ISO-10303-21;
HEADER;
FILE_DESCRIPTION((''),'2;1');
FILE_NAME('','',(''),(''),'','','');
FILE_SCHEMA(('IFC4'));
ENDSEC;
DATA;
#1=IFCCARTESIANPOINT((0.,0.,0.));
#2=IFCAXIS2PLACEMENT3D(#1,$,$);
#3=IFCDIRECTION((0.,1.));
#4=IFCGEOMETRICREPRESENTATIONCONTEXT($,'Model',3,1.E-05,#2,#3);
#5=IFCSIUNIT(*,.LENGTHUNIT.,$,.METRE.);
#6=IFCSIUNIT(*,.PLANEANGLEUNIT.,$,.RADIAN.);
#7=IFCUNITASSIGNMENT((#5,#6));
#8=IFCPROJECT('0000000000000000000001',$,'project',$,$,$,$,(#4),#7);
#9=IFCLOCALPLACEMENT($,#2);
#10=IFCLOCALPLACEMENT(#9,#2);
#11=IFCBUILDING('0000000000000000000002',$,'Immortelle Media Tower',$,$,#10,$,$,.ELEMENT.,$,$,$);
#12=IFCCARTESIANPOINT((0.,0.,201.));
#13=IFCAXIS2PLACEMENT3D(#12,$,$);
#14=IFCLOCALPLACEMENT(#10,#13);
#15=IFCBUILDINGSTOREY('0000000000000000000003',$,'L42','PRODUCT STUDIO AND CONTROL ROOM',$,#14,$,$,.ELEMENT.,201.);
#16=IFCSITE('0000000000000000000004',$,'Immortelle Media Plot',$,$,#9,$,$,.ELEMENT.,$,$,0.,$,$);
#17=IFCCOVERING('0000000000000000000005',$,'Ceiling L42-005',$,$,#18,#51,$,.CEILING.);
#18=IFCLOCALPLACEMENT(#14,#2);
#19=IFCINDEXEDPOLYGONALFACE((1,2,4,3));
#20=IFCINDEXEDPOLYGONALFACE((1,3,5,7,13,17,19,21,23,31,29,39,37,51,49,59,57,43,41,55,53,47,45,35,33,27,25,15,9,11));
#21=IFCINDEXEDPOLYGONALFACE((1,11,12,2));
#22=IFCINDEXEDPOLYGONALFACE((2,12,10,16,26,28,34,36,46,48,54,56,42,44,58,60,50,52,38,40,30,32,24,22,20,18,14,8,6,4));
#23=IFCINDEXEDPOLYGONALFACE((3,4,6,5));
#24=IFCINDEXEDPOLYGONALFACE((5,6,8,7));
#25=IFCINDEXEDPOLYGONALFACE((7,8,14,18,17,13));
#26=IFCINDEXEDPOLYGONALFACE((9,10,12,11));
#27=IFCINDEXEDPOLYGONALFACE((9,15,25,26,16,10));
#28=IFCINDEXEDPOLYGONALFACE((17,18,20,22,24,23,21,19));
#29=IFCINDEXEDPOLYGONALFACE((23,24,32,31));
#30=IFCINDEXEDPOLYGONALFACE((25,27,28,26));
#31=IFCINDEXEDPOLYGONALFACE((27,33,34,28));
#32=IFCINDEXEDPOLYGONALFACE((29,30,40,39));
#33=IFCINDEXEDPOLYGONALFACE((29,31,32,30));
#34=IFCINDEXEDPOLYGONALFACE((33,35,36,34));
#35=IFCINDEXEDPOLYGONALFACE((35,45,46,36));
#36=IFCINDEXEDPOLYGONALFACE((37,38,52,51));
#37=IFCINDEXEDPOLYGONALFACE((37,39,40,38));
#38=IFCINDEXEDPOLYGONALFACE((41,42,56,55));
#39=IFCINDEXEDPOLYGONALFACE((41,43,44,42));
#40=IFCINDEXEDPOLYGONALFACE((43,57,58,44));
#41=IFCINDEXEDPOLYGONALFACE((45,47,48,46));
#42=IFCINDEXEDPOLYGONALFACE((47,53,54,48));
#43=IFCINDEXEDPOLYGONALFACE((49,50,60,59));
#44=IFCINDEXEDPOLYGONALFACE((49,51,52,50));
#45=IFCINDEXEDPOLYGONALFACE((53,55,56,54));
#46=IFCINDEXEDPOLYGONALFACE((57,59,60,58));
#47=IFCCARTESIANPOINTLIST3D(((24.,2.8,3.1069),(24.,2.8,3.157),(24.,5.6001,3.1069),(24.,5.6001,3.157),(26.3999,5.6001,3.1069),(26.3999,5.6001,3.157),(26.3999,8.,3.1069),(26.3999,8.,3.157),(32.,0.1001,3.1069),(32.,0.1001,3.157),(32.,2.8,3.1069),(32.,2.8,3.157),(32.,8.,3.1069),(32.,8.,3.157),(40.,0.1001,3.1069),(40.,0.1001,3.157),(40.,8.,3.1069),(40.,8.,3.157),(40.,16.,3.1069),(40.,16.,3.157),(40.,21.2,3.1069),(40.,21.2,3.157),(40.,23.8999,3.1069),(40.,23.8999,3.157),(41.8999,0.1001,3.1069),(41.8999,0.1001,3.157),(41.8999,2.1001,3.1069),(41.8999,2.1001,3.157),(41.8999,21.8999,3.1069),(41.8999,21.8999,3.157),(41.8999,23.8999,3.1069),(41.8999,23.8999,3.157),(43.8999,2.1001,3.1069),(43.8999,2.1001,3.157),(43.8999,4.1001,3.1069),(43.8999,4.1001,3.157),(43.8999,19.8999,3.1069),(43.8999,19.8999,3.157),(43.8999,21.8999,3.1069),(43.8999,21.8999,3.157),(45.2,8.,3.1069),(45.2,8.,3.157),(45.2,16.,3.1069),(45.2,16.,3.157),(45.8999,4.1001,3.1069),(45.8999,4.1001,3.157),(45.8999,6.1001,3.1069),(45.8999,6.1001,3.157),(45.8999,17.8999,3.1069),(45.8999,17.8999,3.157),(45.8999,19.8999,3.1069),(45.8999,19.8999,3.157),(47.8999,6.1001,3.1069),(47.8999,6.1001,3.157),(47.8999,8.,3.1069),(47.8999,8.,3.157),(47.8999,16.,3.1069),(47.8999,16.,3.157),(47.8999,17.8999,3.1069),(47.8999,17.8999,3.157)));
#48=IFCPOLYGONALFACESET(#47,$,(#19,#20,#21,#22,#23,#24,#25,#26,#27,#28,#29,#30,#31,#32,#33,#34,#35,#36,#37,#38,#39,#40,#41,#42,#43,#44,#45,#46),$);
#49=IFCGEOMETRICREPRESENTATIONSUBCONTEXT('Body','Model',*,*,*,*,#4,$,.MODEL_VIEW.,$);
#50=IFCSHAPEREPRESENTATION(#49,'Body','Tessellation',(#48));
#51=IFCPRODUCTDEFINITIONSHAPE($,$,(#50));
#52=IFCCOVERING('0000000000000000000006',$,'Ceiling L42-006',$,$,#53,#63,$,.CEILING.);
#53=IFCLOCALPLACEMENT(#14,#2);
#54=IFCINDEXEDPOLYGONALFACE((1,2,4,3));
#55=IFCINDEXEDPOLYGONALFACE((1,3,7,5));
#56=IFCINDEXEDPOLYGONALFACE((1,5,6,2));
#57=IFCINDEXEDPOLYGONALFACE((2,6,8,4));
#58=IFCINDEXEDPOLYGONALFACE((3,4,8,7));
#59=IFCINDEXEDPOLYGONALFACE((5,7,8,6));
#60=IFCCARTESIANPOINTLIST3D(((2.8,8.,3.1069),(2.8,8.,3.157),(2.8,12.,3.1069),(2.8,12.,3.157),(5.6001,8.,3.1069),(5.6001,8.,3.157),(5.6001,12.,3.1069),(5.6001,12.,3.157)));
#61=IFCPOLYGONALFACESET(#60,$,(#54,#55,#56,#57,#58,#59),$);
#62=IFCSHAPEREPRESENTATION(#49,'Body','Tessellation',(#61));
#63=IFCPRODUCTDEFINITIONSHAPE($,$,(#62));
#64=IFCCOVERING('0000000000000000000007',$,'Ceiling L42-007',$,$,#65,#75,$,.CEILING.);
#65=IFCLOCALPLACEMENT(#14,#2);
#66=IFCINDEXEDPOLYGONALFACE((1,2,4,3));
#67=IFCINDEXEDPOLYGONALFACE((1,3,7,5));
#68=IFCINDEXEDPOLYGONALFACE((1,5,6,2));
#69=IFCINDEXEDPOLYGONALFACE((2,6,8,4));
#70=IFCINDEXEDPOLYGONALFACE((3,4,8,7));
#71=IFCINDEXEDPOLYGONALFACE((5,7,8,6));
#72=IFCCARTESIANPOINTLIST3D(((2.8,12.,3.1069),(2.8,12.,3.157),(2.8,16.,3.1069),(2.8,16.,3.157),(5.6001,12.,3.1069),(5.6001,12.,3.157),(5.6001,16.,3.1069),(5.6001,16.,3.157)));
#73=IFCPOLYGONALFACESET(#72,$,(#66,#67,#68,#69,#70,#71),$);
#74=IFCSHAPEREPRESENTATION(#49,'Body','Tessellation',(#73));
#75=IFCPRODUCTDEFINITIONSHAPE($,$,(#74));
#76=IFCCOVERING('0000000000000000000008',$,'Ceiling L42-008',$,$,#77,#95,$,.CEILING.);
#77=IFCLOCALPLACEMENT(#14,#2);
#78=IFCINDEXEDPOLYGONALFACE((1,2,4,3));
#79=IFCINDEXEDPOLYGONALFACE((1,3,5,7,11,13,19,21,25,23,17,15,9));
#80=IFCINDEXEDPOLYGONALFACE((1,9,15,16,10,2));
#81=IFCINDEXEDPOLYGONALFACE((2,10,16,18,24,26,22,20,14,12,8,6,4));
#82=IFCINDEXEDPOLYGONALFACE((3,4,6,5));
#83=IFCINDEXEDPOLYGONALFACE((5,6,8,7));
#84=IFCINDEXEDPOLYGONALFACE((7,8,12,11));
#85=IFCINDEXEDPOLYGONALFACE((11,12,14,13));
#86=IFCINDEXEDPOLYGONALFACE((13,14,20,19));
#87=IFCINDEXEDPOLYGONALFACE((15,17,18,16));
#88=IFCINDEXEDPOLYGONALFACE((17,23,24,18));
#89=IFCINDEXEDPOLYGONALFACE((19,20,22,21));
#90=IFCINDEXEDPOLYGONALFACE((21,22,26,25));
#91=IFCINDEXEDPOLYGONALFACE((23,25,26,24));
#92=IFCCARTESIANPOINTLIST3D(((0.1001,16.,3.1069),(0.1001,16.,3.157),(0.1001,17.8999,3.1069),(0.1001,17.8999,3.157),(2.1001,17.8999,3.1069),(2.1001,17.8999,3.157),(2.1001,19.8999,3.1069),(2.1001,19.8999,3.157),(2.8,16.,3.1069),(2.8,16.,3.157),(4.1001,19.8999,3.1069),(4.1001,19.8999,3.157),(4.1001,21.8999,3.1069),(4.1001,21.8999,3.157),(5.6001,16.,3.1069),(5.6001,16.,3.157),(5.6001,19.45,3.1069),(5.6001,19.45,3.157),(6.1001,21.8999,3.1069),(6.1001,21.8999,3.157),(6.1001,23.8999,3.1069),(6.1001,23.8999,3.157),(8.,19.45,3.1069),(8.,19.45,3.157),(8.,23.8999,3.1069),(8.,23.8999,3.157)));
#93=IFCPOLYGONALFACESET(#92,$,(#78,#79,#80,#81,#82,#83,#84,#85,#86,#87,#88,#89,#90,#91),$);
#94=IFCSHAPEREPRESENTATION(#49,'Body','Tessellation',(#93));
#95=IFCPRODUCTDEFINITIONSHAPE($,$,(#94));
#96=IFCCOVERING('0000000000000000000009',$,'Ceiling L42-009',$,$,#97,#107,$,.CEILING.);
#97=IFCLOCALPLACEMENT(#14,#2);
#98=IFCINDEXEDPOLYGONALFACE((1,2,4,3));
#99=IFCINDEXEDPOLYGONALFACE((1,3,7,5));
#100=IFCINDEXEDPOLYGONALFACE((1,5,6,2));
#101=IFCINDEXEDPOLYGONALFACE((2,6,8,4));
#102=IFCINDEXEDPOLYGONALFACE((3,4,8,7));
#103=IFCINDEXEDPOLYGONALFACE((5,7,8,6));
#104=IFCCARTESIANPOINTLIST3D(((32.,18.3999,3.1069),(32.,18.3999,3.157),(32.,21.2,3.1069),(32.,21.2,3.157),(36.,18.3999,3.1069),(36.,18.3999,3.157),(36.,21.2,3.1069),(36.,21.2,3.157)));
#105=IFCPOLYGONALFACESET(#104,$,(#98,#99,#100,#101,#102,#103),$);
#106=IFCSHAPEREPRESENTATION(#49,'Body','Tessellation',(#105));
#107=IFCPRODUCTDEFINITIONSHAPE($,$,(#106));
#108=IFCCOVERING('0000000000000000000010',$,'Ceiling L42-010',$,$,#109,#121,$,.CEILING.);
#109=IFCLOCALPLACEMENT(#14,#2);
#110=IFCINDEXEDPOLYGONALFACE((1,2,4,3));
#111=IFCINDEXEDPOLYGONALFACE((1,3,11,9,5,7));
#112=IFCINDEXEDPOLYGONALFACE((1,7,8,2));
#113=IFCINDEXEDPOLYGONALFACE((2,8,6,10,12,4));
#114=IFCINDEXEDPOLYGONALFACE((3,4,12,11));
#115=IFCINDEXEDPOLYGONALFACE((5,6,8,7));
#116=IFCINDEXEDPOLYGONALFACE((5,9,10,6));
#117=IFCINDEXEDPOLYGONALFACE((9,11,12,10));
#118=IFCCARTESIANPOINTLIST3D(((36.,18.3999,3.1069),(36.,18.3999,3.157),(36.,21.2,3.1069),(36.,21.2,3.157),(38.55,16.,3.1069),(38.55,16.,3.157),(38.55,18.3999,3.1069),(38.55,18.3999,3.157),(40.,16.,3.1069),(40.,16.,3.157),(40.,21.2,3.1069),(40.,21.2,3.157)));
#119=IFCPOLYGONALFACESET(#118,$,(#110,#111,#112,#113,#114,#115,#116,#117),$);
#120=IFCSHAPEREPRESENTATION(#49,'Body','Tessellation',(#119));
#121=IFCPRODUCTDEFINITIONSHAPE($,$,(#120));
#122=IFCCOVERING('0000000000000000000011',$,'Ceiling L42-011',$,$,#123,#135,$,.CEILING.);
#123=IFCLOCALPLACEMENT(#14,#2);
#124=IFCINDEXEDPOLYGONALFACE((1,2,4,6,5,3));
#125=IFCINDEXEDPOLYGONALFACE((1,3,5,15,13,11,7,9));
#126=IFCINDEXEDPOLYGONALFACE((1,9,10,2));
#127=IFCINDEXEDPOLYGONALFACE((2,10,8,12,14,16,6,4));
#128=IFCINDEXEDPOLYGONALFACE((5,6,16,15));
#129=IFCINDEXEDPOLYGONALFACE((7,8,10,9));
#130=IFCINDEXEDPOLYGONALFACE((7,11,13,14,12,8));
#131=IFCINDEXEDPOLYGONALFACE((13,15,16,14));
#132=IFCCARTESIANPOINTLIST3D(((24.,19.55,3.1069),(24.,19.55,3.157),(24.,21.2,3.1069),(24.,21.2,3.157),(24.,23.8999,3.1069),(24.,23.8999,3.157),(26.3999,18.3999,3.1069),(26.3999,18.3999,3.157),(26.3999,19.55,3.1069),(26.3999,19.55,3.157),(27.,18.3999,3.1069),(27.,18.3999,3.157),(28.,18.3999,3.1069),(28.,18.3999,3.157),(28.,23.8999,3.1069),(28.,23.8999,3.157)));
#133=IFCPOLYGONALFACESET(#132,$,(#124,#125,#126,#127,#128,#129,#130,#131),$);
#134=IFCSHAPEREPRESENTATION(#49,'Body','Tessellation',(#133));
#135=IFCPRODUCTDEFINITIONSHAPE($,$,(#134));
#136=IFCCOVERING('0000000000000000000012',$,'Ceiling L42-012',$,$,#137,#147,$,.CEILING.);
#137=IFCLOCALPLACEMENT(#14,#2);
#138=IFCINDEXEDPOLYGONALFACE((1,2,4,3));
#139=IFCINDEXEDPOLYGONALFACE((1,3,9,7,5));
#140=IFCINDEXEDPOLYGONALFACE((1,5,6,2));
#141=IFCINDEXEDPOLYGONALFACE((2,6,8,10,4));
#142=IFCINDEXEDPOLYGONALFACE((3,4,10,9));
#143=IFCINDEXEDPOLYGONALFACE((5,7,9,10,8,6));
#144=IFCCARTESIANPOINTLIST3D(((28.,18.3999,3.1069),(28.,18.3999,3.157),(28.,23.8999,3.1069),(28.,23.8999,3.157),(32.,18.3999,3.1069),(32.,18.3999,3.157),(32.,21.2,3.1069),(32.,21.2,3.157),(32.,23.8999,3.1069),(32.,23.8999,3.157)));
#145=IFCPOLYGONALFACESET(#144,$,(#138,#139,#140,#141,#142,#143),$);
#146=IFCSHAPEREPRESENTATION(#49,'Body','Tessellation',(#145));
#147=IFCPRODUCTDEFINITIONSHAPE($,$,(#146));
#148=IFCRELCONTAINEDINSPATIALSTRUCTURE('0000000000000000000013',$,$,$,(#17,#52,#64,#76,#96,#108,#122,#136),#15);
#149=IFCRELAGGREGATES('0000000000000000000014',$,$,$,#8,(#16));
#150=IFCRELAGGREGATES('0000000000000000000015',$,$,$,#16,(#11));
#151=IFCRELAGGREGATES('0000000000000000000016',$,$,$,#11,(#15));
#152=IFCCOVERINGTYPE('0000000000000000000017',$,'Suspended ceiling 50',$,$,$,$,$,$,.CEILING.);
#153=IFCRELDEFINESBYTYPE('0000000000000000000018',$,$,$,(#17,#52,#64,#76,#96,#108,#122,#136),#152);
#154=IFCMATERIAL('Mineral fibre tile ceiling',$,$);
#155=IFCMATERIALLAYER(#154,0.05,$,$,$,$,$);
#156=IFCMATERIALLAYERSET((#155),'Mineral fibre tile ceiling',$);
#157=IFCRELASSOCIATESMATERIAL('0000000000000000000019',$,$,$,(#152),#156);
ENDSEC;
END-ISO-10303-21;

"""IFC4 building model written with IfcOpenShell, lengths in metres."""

from ifc_helpers import new_model, si_unit, direction, frame, origin, place, context, subcontext, project, spatial, polyline, outline, extrude, material, layer, layer_set, type_object, element, save


model = new_model("IFC4")

# Units and contexts
model_context = context("Model", 3, precision=1e-05, world=origin(), true_north=direction((0.0, 1.0)))
body_context = subcontext(model_context, "Body", "Model", "MODEL_VIEW")
ifc_project = project(units=[si_unit("LENGTHUNIT", "METRE"), si_unit("PLANEANGLEUNIT", "RADIAN")], contexts=[model_context])

# Site, building, storey
site_placement = place(None, origin())
site = spatial("IfcSite", under=ifc_project, at=site_placement, Name="Immortelle Media Plot", CompositionType="ELEMENT", RefElevation=0.0)
building_placement = place(site_placement, origin())
building = spatial("IfcBuilding", under=site, at=building_placement, Name="Immortelle Media Tower", CompositionType="ELEMENT")
storey_placement = place(building_placement, frame((0.0, 0.0, 201.0)))
storey = spatial("IfcBuildingStorey", under=building, at=storey_placement, Name="L42", Description="PRODUCT STUDIO AND CONTROL ROOM", CompositionType="ELEMENT", Elevation=201.0)

# Coverings
ifc_material_1 = material(Name="Mineral fibre tile ceiling")
ifc_layer_1 = layer(ifc_material_1, 0.05)
ifc_layer_set_1 = layer_set([ifc_layer_1], Name="Mineral fibre tile ceiling")
covering_type = type_object("IfcCoveringType", Name="Suspended ceiling 50", PredefinedType="CEILING", material=ifc_layer_set_1)
covering_1_placement = place(storey_placement, frame((0.0, 0.0, 3.1069)))
element("IfcCovering", 1, at=covering_1_placement, inside=storey, type_object=covering_type, Name="Ceiling L42-005", PredefinedType="CEILING", context=body_context, shape_type="SweptSolid", body=[
    extrude(outline(polyline([(26.3999, 5.6001), (26.3999, 8.0), (32.0, 8.0), (40.0, 8.0), (40.0, 16.0), (40.0, 21.2), (40.0, 23.8999), (41.8999, 23.8999), (41.8999, 21.8999), (43.8999, 21.8999), (43.8999, 19.8999), (45.8999, 19.8999), (45.8999, 17.8999), (47.8999, 17.8999), (47.8999, 16.0), (45.2, 16.0), (45.2, 8.0), (47.8999, 8.0), (47.8999, 6.1001), (45.8999, 6.1001), (45.8999, 4.1001), (43.8999, 4.1001), (43.8999, 2.1001), (41.8999, 2.1001), (41.8999, 0.1001), (40.0, 0.1001), (32.0, 0.1001), (32.0, 2.8), (24.0, 2.8), (24.0, 5.6001), (26.3999, 5.6001)])), origin(), (0.0, 0.0, 1.0), 0.05),
])
covering_2_placement = place(storey_placement, frame((0.0, 0.0, 3.1069)))
element("IfcCovering", 2, at=covering_2_placement, inside=storey, type_object=covering_type, Name="Ceiling L42-006", PredefinedType="CEILING", context=body_context, shape_type="SweptSolid", body=[
    extrude(outline(polyline([(2.8, 8.0), (2.8, 12.0), (5.6001, 12.0), (5.6001, 8.0), (2.8, 8.0)])), origin(), (0.0, 0.0, 1.0), 0.05),
])
covering_3_placement = place(storey_placement, frame((0.0, 0.0, 3.1069)))
element("IfcCovering", 3, at=covering_3_placement, inside=storey, type_object=covering_type, Name="Ceiling L42-007", PredefinedType="CEILING", context=body_context, shape_type="SweptSolid", body=[
    extrude(outline(polyline([(2.8, 16.0), (5.6001, 16.0), (5.6001, 12.0), (2.8, 12.0), (2.8, 16.0)])), origin(), (0.0, 0.0, 1.0), 0.05),
])
covering_4_placement = place(storey_placement, frame((0.0, 0.0, 3.1069)))
element("IfcCovering", 4, at=covering_4_placement, inside=storey, type_object=covering_type, Name="Ceiling L42-008", PredefinedType="CEILING", context=body_context, shape_type="SweptSolid", body=[
    extrude(outline(polyline([(5.6001, 19.45), (5.6001, 16.0), (2.8, 16.0), (0.1001, 16.0), (0.1001, 17.8999), (2.1001, 17.8999), (2.1001, 19.8999), (4.1001, 19.8999), (4.1001, 21.8999), (6.1001, 21.8999), (6.1001, 23.8999), (8.0, 23.8999), (8.0, 19.45), (5.6001, 19.45)])), origin(), (0.0, 0.0, 1.0), 0.05),
])
covering_5_placement = place(storey_placement, frame((0.0, 0.0, 3.1069)))
element("IfcCovering", 5, at=covering_5_placement, inside=storey, type_object=covering_type, Name="Ceiling L42-009", PredefinedType="CEILING", context=body_context, shape_type="SweptSolid", body=[
    extrude(outline(polyline([(32.0, 18.3999), (32.0, 21.2), (36.0, 21.2), (36.0, 18.3999), (32.0, 18.3999)])), origin(), (0.0, 0.0, 1.0), 0.05),
])
covering_6_placement = place(storey_placement, frame((0.0, 0.0, 3.1069)))
element("IfcCovering", 6, at=covering_6_placement, inside=storey, type_object=covering_type, Name="Ceiling L42-010", PredefinedType="CEILING", context=body_context, shape_type="SweptSolid", body=[
    extrude(outline(polyline([(38.55, 18.3999), (36.0, 18.3999), (36.0, 21.2), (40.0, 21.2), (40.0, 16.0), (38.55, 16.0), (38.55, 18.3999)])), origin(), (0.0, 0.0, 1.0), 0.05),
])
covering_7_placement = place(storey_placement, frame((0.0, 0.0, 3.1069)))
element("IfcCovering", 7, at=covering_7_placement, inside=storey, type_object=covering_type, Name="Ceiling L42-011", PredefinedType="CEILING", context=body_context, shape_type="SweptSolid", body=[
    extrude(outline(polyline([(26.3999, 18.3999), (26.3999, 19.55), (24.0, 19.55), (24.0, 21.2), (24.0, 23.8999), (28.0, 23.8999), (28.0, 18.3999), (27.0, 18.3999), (26.3999, 18.3999)])), origin(), (0.0, 0.0, 1.0), 0.05),
])
covering_8_placement = place(storey_placement, frame((0.0, 0.0, 3.1069)))
element("IfcCovering", 8, at=covering_8_placement, inside=storey, type_object=covering_type, Name="Ceiling L42-012", PredefinedType="CEILING", context=body_context, shape_type="SweptSolid", body=[
    extrude(outline(polyline([(32.0, 23.8999), (32.0, 21.2), (32.0, 18.3999), (28.0, 18.3999), (28.0, 23.8999), (32.0, 23.8999)])), origin(), (0.0, 0.0, 1.0), 0.05),
])

save(model, "model.ifc")
